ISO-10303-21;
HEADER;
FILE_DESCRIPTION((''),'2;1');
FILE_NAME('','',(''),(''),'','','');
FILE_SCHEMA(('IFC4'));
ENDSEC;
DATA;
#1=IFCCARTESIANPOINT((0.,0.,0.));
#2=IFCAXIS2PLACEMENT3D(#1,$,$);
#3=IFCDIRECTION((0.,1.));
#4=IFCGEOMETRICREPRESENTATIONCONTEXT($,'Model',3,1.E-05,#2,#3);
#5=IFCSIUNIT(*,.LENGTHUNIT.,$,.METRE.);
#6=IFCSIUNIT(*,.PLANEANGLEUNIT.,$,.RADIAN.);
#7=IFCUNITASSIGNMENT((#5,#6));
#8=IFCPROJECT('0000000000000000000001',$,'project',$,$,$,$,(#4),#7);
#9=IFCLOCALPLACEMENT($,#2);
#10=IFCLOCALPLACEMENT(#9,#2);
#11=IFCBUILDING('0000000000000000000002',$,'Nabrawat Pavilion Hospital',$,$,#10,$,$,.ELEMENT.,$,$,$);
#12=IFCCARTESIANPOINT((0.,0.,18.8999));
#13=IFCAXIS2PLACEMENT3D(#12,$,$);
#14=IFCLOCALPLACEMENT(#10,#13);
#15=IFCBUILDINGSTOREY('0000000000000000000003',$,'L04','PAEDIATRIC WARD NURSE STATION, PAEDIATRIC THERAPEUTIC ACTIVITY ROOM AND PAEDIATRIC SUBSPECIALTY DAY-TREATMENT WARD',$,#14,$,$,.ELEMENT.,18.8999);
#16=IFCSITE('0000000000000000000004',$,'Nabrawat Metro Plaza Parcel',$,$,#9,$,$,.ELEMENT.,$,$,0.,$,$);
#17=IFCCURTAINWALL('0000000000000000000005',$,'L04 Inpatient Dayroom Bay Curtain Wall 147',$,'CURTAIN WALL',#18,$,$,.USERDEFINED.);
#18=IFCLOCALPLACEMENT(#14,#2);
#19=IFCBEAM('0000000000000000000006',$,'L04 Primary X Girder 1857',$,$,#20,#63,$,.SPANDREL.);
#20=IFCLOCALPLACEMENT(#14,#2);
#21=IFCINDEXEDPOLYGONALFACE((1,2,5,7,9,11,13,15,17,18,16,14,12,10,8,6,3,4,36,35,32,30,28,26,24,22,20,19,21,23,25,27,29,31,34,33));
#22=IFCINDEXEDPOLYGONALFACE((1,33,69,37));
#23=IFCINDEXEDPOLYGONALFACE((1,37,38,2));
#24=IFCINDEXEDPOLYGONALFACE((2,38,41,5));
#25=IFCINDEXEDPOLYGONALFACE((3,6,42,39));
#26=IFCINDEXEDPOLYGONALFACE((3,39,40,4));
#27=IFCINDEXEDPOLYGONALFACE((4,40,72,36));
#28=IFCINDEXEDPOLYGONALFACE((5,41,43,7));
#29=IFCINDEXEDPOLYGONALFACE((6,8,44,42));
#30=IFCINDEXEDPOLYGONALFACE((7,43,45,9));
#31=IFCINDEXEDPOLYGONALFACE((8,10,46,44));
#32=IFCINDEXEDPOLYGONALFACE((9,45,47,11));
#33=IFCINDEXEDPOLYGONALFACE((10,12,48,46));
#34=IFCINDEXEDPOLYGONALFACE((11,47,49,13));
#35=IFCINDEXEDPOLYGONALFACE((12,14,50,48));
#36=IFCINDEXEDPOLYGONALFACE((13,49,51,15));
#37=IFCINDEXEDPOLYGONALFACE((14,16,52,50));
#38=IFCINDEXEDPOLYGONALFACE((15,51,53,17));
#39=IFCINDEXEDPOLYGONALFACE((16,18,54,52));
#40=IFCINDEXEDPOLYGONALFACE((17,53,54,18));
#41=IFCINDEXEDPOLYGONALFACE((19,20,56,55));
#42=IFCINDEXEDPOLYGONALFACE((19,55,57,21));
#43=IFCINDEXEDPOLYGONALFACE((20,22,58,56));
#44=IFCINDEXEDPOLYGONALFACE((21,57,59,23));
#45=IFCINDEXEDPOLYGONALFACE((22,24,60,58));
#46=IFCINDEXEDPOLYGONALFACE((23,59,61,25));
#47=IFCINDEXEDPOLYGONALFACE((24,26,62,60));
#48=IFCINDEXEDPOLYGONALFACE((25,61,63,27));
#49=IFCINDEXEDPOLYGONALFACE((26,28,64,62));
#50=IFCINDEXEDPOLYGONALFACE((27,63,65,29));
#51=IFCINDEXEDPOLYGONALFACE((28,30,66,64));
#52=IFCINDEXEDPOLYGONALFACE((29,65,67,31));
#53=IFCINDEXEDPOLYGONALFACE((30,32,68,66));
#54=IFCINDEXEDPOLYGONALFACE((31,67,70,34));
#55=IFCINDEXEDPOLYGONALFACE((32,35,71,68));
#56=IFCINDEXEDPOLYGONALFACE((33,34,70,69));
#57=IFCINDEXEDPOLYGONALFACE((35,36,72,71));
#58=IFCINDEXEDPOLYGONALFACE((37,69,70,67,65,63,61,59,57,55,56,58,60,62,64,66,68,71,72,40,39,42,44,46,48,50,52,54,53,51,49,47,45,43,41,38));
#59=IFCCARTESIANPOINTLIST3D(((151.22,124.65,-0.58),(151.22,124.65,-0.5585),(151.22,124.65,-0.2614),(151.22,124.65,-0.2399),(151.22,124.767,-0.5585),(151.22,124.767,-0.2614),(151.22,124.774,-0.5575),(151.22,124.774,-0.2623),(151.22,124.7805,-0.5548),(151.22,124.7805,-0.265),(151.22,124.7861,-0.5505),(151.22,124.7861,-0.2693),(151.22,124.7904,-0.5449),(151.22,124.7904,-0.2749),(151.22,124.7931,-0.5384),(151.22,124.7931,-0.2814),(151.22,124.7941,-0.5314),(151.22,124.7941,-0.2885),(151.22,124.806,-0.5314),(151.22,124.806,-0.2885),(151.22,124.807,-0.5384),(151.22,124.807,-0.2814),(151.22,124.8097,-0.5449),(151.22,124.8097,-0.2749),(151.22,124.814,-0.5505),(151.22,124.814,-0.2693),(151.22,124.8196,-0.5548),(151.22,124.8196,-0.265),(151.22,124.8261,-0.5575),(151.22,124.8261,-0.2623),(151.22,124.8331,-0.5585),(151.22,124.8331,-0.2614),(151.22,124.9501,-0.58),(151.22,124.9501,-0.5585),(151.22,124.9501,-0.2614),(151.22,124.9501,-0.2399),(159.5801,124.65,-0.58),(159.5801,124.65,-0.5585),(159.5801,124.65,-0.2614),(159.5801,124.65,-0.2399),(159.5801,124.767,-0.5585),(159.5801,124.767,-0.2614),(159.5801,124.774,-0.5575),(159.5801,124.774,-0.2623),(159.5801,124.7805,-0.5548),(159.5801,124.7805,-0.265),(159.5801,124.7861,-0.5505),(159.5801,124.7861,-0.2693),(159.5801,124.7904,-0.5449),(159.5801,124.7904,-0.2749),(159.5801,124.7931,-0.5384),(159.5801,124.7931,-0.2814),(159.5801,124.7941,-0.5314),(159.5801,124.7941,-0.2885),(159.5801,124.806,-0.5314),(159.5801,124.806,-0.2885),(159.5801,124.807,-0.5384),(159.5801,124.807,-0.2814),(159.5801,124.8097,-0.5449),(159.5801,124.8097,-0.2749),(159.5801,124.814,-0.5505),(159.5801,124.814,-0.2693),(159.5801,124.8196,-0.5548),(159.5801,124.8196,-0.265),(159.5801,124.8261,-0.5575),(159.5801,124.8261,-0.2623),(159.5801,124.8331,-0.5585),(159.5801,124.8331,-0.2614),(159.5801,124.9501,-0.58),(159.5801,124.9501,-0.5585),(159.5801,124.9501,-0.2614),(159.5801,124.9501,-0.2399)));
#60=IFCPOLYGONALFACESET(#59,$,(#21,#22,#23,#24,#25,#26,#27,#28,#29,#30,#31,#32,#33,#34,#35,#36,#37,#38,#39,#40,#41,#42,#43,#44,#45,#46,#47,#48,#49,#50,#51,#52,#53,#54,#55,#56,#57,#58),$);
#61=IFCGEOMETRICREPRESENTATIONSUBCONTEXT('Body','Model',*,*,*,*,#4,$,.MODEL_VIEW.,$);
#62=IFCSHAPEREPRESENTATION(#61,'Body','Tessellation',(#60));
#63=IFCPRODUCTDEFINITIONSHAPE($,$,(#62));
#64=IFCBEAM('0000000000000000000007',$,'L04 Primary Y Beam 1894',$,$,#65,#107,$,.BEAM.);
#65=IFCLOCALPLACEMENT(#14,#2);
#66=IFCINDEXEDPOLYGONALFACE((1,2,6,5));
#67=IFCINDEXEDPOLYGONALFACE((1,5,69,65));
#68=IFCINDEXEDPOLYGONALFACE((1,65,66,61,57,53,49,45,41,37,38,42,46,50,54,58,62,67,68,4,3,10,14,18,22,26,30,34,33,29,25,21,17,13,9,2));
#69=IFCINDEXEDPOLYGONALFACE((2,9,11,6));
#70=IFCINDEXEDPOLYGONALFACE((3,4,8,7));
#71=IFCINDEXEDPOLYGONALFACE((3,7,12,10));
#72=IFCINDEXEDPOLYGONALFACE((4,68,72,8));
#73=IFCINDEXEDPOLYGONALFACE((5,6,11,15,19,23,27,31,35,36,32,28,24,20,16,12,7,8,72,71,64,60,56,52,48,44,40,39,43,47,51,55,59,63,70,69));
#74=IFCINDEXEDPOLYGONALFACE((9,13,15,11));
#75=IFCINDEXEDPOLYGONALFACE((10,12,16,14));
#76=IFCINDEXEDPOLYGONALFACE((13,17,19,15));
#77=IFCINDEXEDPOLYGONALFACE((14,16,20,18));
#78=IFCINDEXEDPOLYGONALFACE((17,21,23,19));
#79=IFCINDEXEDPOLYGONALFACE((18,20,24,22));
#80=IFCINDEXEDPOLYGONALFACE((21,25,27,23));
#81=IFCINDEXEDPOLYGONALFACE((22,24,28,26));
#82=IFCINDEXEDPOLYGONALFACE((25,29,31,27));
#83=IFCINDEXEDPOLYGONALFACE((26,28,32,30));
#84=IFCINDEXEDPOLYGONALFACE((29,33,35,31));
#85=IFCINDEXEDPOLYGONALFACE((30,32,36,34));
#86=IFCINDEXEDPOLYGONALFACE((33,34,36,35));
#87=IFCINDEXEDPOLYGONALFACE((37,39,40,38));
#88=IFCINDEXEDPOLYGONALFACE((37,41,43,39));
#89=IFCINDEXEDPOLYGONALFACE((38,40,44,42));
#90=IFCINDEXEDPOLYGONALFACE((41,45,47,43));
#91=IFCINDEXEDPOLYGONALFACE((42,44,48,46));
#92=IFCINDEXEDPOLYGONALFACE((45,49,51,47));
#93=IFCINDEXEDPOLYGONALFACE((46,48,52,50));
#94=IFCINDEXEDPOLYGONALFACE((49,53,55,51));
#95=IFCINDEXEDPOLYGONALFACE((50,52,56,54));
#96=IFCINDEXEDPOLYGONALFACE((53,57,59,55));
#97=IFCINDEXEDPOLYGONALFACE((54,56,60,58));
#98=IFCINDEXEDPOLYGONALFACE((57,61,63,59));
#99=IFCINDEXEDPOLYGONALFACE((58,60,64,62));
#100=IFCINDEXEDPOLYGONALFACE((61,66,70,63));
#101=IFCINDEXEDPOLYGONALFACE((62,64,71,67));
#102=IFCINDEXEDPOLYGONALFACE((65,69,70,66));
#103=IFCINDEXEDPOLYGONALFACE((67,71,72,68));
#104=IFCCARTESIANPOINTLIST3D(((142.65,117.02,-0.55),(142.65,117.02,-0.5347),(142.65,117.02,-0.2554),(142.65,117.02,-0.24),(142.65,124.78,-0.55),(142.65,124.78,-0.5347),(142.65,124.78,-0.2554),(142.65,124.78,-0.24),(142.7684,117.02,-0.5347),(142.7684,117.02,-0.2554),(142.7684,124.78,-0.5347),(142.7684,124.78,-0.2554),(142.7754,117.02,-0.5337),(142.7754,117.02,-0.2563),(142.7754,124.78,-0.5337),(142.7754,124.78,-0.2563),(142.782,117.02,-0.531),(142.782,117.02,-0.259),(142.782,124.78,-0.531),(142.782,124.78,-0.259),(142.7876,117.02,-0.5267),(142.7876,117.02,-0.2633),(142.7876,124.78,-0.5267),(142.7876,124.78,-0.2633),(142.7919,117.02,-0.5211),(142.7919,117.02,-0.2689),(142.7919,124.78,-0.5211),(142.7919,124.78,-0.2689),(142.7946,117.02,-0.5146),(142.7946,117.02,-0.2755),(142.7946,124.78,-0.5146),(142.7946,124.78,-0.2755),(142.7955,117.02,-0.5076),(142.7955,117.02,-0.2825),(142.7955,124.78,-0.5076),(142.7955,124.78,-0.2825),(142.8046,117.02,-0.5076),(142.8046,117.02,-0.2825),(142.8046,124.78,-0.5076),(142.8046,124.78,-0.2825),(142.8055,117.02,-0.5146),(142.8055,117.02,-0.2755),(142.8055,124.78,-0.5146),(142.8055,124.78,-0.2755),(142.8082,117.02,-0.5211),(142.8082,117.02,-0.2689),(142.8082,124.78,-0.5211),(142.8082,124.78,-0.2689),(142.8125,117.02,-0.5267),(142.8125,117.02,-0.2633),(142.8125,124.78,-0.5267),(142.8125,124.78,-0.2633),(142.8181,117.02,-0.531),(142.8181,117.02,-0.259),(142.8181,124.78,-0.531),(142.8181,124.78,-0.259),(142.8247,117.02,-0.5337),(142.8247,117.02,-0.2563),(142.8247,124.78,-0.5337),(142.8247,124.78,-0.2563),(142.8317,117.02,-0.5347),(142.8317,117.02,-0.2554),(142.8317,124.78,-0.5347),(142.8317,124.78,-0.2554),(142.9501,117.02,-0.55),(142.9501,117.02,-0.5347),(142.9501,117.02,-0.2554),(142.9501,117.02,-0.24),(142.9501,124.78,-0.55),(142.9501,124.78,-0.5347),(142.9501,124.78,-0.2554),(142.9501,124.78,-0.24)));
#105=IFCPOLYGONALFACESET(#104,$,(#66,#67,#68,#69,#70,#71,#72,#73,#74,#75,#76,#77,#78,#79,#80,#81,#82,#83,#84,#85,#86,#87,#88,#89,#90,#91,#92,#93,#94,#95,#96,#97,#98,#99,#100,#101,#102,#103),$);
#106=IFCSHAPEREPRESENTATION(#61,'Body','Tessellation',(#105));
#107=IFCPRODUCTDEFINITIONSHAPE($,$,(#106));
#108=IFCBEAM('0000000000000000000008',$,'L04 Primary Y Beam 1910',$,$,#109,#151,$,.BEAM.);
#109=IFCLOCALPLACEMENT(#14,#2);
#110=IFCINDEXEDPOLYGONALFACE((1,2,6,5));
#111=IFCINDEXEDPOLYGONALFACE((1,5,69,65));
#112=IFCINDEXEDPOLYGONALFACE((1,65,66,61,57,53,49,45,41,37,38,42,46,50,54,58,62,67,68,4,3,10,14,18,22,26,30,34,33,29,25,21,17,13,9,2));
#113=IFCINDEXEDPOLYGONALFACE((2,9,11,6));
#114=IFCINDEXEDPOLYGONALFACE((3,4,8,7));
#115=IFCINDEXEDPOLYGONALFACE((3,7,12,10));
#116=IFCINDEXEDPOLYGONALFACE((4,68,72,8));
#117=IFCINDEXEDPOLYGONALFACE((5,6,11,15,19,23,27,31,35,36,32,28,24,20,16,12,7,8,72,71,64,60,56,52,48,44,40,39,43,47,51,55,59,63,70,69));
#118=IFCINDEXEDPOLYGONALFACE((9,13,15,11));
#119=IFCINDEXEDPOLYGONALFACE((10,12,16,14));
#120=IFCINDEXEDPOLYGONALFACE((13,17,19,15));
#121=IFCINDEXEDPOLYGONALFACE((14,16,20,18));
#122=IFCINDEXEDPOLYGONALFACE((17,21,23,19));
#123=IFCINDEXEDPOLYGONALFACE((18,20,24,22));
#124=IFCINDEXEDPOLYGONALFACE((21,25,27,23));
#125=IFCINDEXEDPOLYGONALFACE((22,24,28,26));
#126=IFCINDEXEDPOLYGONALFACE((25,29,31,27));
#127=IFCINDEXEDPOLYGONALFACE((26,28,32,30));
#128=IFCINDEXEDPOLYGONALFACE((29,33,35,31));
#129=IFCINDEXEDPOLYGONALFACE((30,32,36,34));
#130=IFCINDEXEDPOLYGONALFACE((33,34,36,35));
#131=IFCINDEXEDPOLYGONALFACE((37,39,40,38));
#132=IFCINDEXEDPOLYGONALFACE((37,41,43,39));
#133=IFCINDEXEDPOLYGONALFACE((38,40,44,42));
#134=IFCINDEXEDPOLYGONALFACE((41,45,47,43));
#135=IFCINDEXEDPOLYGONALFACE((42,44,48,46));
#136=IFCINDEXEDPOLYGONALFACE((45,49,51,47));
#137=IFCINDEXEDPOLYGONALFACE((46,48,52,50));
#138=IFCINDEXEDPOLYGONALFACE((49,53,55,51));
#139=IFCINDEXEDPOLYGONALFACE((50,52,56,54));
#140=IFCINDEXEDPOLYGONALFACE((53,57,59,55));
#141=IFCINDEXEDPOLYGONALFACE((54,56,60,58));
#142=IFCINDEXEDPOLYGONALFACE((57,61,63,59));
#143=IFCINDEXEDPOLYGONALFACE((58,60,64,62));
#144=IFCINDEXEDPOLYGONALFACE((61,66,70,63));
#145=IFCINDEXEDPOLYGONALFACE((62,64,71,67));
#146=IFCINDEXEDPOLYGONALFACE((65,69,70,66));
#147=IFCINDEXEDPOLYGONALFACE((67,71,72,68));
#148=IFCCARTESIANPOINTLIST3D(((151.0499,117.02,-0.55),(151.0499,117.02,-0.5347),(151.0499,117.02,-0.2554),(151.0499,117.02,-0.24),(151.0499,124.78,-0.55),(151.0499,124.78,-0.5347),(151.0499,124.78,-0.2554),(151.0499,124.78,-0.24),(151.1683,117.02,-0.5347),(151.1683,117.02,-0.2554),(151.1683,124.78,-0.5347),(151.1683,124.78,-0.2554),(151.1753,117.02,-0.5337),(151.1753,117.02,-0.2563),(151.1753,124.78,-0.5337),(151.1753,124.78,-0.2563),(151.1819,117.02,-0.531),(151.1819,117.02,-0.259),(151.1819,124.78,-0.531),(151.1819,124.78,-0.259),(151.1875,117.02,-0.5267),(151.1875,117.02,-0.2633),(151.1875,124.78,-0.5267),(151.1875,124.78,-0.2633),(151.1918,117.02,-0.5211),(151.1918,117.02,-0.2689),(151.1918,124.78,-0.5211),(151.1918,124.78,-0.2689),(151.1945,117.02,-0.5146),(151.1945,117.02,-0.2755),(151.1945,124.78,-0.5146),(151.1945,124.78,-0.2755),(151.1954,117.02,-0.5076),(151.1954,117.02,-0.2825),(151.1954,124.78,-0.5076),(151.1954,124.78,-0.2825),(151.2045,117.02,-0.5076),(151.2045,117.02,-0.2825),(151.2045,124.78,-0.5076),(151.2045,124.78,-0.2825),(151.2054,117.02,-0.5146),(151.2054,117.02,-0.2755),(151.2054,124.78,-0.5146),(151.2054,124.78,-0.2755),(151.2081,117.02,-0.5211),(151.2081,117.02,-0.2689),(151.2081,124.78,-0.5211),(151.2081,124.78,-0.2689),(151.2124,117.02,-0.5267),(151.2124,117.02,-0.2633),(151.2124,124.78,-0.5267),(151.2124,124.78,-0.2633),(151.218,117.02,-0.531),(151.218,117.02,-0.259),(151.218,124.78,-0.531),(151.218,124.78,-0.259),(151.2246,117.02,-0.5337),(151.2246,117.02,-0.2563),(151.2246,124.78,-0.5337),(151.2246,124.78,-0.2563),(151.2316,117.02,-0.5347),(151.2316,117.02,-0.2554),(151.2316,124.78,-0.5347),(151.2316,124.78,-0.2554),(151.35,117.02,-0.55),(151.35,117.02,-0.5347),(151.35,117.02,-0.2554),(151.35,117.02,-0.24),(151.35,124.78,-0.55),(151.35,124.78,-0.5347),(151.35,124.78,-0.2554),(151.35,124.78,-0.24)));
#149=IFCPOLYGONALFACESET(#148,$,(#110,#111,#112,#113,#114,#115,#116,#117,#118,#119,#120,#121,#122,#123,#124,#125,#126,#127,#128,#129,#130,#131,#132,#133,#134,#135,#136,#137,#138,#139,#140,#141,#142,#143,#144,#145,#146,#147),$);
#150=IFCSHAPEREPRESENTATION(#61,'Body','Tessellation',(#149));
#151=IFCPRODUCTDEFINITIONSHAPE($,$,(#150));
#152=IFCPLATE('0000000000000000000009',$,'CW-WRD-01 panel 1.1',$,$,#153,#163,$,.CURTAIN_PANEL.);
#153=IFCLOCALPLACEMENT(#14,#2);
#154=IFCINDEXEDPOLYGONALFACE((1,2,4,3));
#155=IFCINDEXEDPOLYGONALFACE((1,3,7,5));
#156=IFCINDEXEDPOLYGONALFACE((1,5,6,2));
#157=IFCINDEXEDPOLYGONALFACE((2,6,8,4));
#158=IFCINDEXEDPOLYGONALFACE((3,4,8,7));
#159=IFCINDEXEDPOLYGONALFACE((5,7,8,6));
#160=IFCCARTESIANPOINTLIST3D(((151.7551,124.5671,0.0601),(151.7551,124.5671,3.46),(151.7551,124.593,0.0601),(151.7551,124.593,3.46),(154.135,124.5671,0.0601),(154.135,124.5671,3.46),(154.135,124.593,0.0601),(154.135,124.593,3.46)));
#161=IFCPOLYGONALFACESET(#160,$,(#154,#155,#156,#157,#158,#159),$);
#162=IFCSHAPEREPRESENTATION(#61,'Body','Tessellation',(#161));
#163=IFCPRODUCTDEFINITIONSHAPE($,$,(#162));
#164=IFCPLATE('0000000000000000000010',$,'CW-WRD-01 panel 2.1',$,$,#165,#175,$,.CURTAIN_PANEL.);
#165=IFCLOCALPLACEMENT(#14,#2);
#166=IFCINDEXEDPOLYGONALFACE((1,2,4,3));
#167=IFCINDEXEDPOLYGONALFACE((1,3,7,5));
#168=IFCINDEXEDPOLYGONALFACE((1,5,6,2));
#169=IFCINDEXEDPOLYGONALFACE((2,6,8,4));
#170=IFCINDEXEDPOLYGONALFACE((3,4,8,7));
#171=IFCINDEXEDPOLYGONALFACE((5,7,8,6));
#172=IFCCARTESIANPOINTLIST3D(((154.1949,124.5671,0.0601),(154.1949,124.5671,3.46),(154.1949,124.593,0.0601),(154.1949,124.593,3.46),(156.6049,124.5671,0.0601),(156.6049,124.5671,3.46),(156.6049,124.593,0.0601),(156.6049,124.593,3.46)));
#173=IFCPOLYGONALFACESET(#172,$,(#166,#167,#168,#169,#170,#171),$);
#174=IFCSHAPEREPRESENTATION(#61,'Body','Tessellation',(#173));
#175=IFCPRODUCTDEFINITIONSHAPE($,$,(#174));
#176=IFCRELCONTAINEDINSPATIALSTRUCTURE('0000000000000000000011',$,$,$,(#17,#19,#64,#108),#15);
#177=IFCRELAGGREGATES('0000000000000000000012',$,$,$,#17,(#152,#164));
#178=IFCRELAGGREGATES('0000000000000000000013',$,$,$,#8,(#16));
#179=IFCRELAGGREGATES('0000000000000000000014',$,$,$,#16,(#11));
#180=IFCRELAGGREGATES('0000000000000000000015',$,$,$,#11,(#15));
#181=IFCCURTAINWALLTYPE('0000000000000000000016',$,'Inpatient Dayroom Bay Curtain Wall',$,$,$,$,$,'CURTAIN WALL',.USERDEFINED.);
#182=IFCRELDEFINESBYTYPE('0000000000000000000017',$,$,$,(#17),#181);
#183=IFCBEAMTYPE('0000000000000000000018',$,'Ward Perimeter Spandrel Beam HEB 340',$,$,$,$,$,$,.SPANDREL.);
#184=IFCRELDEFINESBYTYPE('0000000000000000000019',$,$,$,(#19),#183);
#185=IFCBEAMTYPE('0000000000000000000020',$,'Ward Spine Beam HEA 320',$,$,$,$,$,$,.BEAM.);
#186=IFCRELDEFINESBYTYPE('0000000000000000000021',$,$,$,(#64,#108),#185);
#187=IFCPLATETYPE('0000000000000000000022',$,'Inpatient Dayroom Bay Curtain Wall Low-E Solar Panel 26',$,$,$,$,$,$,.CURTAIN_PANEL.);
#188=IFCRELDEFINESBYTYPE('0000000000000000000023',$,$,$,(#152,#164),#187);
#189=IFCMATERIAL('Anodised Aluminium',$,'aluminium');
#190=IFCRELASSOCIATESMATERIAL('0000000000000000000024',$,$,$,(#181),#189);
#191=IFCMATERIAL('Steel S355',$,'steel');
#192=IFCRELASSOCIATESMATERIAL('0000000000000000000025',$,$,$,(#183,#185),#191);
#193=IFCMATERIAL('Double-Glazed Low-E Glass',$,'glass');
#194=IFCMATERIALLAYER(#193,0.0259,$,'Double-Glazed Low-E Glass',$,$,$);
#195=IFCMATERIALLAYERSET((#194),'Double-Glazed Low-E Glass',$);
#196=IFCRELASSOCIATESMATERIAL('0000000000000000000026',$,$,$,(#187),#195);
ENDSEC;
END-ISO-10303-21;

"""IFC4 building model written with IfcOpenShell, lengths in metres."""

from ifc_helpers import new_model, si_unit, direction, frame, origin, origin_2d, place, context, subcontext, project, spatial, rectangle, i_section, extrude, material, layer, layer_set, material_profile, profile_set, type_object, element, aggregate, save


model = new_model("IFC4")

# Units and contexts
model_context = context("Model", 3, precision=1e-05, world=origin(), true_north=direction((0.0, 1.0)))
body_context = subcontext(model_context, "Body", "Model", "MODEL_VIEW")
ifc_project = project(units=[si_unit("LENGTHUNIT", "METRE"), si_unit("PLANEANGLEUNIT", "RADIAN")], contexts=[model_context])

# Site, building, storey
site_placement = place(None, origin())
site = spatial("IfcSite", under=ifc_project, at=site_placement, Name="Nabrawat Metro Plaza Parcel", CompositionType="ELEMENT", RefElevation=0.0)
building_placement = place(site_placement, origin())
building = spatial("IfcBuilding", under=site, at=building_placement, Name="Nabrawat Pavilion Hospital", CompositionType="ELEMENT")
storey_placement = place(building_placement, frame((0.0, 0.0, 18.8999)))
storey = spatial("IfcBuildingStorey", under=building, at=storey_placement, Name="L04", Description="PAEDIATRIC WARD NURSE STATION, PAEDIATRIC THERAPEUTIC ACTIVITY ROOM AND PAEDIATRIC SUBSPECIALTY DAY-TREATMENT WARD", CompositionType="ELEMENT", Elevation=18.8999)

# Shared definitions
ifc_material_1 = material(Name="Steel S355", Category="steel")

# Curtain wall
ifc_material_2 = material(Name="Anodised Aluminium", Category="aluminium")
curtain_wall_type = type_object("IfcCurtainWallType", Name="Inpatient Dayroom Bay Curtain Wall", ElementType="CURTAIN WALL", PredefinedType="USERDEFINED", material=ifc_material_2)
curtain_wall_placement = place(storey_placement, origin())
curtain_wall = element("IfcCurtainWall", 1, at=curtain_wall_placement, inside=storey, type_object=curtain_wall_type, Name="L04 Inpatient Dayroom Bay Curtain Wall 147", ObjectType="CURTAIN WALL", PredefinedType="USERDEFINED")

# Beams
ifc_material_profile_1 = material_profile(ifc_material_1, i_section(OverallWidth=0.3, OverallDepth=0.3401, WebThickness=0.012, FlangeThickness=0.0215, FilletRadius=0.0271, at=origin_2d()), Name="HEB 340")
ifc_profile_set_1 = profile_set([ifc_material_profile_1], Name="Steel S355")
beam_type_1 = type_object("IfcBeamType", Name="Ward Perimeter Spandrel Beam HEB 340", PredefinedType="SPANDREL", material=ifc_profile_set_1)
beam_1_placement = place(storey_placement, frame((151.22, 124.8, -0.4099), z_axis=(1.0, 0.0, 0.0), x_axis=(0.0, 1.0, 0.0)))
element("IfcBeam", 2, at=beam_1_placement, inside=storey, type_object=beam_type_1, Name="L04 Primary X Girder 1857", PredefinedType="SPANDREL", context=body_context, shape_type="SweptSolid", body=[
    extrude(i_section(OverallWidth=0.3, OverallDepth=0.3401, WebThickness=0.012, FlangeThickness=0.0215, FilletRadius=0.0271, at=origin_2d()), origin(), (0.0, 0.0, 1.0), 8.3601),
])
ifc_material_profile_2 = material_profile(ifc_material_1, i_section(OverallWidth=0.3, OverallDepth=0.3101, WebThickness=0.009, FlangeThickness=0.0154, FilletRadius=0.0271, at=origin_2d()), Name="HEA 320")
ifc_profile_set_2 = profile_set([ifc_material_profile_2], Name="Steel S355")
beam_type_2 = type_object("IfcBeamType", Name="Ward Spine Beam HEA 320", PredefinedType="BEAM", material=ifc_profile_set_2)
for number, where, z_axis, x_axis, name in (
    (3, (142.8, 117.02, -0.395), (0.0, 1.0, 0.0), (-1.0, 0.0, 0.0), "L04 Primary Y Beam 1894"),
    (4, (151.2, 117.02, -0.395), (0.0, 1.0, 0.0), (-1.0, 0.0, 0.0), "L04 Primary Y Beam 1910"),
):
    element("IfcBeam", number, at=place(storey_placement, frame(where, z_axis=z_axis, x_axis=x_axis)), inside=storey, type_object=beam_type_2, Name=name, PredefinedType="BEAM", context=body_context, shape_type="SweptSolid", body=[
        extrude(i_section(OverallWidth=0.3, OverallDepth=0.3101, WebThickness=0.009, FlangeThickness=0.0154, FilletRadius=0.0271, at=origin_2d()), origin(), (0.0, 0.0, 1.0), 7.76),
    ])

# Plates
ifc_material_3 = material(Name="Double-Glazed Low-E Glass", Category="glass")
ifc_layer_1 = layer(ifc_material_3, 0.0259, Name="Double-Glazed Low-E Glass")
ifc_layer_set_1 = layer_set([ifc_layer_1], Name="Double-Glazed Low-E Glass")
plate_type = type_object("IfcPlateType", Name="Inpatient Dayroom Bay Curtain Wall Low-E Solar Panel 26", PredefinedType="CURTAIN_PANEL", material=ifc_layer_set_1)
plate_1_placement = place(storey_placement, frame((152.9451, 124.5801, 0.0601), z_axis=(0.0, 0.0, 1.0), x_axis=(1.0, 0.0, 0.0)))
plate_1 = element("IfcPlate", 5, at=plate_1_placement, type_object=plate_type, Name="CW-WRD-01 panel 1.1", PredefinedType="CURTAIN_PANEL", context=body_context, shape_type="SweptSolid", body=[
    extrude(rectangle(XDim=2.3799, YDim=0.0259, at=origin_2d()), origin(), (0.0, 0.0, 1.0), 3.3999),
])
plate_2_placement = place(storey_placement, frame((155.3999, 124.5801, 0.0601), z_axis=(0.0, 0.0, 1.0), x_axis=(1.0, 0.0, 0.0)))
plate_2 = element("IfcPlate", 6, at=plate_2_placement, type_object=plate_type, Name="CW-WRD-01 panel 2.1", PredefinedType="CURTAIN_PANEL", context=body_context, shape_type="SweptSolid", body=[
    extrude(rectangle(XDim=2.4099, YDim=0.0259, at=origin_2d()), origin(), (0.0, 0.0, 1.0), 3.3999),
])
aggregate(curtain_wall, [plate_1, plate_2])

save(model, "model.ifc")
